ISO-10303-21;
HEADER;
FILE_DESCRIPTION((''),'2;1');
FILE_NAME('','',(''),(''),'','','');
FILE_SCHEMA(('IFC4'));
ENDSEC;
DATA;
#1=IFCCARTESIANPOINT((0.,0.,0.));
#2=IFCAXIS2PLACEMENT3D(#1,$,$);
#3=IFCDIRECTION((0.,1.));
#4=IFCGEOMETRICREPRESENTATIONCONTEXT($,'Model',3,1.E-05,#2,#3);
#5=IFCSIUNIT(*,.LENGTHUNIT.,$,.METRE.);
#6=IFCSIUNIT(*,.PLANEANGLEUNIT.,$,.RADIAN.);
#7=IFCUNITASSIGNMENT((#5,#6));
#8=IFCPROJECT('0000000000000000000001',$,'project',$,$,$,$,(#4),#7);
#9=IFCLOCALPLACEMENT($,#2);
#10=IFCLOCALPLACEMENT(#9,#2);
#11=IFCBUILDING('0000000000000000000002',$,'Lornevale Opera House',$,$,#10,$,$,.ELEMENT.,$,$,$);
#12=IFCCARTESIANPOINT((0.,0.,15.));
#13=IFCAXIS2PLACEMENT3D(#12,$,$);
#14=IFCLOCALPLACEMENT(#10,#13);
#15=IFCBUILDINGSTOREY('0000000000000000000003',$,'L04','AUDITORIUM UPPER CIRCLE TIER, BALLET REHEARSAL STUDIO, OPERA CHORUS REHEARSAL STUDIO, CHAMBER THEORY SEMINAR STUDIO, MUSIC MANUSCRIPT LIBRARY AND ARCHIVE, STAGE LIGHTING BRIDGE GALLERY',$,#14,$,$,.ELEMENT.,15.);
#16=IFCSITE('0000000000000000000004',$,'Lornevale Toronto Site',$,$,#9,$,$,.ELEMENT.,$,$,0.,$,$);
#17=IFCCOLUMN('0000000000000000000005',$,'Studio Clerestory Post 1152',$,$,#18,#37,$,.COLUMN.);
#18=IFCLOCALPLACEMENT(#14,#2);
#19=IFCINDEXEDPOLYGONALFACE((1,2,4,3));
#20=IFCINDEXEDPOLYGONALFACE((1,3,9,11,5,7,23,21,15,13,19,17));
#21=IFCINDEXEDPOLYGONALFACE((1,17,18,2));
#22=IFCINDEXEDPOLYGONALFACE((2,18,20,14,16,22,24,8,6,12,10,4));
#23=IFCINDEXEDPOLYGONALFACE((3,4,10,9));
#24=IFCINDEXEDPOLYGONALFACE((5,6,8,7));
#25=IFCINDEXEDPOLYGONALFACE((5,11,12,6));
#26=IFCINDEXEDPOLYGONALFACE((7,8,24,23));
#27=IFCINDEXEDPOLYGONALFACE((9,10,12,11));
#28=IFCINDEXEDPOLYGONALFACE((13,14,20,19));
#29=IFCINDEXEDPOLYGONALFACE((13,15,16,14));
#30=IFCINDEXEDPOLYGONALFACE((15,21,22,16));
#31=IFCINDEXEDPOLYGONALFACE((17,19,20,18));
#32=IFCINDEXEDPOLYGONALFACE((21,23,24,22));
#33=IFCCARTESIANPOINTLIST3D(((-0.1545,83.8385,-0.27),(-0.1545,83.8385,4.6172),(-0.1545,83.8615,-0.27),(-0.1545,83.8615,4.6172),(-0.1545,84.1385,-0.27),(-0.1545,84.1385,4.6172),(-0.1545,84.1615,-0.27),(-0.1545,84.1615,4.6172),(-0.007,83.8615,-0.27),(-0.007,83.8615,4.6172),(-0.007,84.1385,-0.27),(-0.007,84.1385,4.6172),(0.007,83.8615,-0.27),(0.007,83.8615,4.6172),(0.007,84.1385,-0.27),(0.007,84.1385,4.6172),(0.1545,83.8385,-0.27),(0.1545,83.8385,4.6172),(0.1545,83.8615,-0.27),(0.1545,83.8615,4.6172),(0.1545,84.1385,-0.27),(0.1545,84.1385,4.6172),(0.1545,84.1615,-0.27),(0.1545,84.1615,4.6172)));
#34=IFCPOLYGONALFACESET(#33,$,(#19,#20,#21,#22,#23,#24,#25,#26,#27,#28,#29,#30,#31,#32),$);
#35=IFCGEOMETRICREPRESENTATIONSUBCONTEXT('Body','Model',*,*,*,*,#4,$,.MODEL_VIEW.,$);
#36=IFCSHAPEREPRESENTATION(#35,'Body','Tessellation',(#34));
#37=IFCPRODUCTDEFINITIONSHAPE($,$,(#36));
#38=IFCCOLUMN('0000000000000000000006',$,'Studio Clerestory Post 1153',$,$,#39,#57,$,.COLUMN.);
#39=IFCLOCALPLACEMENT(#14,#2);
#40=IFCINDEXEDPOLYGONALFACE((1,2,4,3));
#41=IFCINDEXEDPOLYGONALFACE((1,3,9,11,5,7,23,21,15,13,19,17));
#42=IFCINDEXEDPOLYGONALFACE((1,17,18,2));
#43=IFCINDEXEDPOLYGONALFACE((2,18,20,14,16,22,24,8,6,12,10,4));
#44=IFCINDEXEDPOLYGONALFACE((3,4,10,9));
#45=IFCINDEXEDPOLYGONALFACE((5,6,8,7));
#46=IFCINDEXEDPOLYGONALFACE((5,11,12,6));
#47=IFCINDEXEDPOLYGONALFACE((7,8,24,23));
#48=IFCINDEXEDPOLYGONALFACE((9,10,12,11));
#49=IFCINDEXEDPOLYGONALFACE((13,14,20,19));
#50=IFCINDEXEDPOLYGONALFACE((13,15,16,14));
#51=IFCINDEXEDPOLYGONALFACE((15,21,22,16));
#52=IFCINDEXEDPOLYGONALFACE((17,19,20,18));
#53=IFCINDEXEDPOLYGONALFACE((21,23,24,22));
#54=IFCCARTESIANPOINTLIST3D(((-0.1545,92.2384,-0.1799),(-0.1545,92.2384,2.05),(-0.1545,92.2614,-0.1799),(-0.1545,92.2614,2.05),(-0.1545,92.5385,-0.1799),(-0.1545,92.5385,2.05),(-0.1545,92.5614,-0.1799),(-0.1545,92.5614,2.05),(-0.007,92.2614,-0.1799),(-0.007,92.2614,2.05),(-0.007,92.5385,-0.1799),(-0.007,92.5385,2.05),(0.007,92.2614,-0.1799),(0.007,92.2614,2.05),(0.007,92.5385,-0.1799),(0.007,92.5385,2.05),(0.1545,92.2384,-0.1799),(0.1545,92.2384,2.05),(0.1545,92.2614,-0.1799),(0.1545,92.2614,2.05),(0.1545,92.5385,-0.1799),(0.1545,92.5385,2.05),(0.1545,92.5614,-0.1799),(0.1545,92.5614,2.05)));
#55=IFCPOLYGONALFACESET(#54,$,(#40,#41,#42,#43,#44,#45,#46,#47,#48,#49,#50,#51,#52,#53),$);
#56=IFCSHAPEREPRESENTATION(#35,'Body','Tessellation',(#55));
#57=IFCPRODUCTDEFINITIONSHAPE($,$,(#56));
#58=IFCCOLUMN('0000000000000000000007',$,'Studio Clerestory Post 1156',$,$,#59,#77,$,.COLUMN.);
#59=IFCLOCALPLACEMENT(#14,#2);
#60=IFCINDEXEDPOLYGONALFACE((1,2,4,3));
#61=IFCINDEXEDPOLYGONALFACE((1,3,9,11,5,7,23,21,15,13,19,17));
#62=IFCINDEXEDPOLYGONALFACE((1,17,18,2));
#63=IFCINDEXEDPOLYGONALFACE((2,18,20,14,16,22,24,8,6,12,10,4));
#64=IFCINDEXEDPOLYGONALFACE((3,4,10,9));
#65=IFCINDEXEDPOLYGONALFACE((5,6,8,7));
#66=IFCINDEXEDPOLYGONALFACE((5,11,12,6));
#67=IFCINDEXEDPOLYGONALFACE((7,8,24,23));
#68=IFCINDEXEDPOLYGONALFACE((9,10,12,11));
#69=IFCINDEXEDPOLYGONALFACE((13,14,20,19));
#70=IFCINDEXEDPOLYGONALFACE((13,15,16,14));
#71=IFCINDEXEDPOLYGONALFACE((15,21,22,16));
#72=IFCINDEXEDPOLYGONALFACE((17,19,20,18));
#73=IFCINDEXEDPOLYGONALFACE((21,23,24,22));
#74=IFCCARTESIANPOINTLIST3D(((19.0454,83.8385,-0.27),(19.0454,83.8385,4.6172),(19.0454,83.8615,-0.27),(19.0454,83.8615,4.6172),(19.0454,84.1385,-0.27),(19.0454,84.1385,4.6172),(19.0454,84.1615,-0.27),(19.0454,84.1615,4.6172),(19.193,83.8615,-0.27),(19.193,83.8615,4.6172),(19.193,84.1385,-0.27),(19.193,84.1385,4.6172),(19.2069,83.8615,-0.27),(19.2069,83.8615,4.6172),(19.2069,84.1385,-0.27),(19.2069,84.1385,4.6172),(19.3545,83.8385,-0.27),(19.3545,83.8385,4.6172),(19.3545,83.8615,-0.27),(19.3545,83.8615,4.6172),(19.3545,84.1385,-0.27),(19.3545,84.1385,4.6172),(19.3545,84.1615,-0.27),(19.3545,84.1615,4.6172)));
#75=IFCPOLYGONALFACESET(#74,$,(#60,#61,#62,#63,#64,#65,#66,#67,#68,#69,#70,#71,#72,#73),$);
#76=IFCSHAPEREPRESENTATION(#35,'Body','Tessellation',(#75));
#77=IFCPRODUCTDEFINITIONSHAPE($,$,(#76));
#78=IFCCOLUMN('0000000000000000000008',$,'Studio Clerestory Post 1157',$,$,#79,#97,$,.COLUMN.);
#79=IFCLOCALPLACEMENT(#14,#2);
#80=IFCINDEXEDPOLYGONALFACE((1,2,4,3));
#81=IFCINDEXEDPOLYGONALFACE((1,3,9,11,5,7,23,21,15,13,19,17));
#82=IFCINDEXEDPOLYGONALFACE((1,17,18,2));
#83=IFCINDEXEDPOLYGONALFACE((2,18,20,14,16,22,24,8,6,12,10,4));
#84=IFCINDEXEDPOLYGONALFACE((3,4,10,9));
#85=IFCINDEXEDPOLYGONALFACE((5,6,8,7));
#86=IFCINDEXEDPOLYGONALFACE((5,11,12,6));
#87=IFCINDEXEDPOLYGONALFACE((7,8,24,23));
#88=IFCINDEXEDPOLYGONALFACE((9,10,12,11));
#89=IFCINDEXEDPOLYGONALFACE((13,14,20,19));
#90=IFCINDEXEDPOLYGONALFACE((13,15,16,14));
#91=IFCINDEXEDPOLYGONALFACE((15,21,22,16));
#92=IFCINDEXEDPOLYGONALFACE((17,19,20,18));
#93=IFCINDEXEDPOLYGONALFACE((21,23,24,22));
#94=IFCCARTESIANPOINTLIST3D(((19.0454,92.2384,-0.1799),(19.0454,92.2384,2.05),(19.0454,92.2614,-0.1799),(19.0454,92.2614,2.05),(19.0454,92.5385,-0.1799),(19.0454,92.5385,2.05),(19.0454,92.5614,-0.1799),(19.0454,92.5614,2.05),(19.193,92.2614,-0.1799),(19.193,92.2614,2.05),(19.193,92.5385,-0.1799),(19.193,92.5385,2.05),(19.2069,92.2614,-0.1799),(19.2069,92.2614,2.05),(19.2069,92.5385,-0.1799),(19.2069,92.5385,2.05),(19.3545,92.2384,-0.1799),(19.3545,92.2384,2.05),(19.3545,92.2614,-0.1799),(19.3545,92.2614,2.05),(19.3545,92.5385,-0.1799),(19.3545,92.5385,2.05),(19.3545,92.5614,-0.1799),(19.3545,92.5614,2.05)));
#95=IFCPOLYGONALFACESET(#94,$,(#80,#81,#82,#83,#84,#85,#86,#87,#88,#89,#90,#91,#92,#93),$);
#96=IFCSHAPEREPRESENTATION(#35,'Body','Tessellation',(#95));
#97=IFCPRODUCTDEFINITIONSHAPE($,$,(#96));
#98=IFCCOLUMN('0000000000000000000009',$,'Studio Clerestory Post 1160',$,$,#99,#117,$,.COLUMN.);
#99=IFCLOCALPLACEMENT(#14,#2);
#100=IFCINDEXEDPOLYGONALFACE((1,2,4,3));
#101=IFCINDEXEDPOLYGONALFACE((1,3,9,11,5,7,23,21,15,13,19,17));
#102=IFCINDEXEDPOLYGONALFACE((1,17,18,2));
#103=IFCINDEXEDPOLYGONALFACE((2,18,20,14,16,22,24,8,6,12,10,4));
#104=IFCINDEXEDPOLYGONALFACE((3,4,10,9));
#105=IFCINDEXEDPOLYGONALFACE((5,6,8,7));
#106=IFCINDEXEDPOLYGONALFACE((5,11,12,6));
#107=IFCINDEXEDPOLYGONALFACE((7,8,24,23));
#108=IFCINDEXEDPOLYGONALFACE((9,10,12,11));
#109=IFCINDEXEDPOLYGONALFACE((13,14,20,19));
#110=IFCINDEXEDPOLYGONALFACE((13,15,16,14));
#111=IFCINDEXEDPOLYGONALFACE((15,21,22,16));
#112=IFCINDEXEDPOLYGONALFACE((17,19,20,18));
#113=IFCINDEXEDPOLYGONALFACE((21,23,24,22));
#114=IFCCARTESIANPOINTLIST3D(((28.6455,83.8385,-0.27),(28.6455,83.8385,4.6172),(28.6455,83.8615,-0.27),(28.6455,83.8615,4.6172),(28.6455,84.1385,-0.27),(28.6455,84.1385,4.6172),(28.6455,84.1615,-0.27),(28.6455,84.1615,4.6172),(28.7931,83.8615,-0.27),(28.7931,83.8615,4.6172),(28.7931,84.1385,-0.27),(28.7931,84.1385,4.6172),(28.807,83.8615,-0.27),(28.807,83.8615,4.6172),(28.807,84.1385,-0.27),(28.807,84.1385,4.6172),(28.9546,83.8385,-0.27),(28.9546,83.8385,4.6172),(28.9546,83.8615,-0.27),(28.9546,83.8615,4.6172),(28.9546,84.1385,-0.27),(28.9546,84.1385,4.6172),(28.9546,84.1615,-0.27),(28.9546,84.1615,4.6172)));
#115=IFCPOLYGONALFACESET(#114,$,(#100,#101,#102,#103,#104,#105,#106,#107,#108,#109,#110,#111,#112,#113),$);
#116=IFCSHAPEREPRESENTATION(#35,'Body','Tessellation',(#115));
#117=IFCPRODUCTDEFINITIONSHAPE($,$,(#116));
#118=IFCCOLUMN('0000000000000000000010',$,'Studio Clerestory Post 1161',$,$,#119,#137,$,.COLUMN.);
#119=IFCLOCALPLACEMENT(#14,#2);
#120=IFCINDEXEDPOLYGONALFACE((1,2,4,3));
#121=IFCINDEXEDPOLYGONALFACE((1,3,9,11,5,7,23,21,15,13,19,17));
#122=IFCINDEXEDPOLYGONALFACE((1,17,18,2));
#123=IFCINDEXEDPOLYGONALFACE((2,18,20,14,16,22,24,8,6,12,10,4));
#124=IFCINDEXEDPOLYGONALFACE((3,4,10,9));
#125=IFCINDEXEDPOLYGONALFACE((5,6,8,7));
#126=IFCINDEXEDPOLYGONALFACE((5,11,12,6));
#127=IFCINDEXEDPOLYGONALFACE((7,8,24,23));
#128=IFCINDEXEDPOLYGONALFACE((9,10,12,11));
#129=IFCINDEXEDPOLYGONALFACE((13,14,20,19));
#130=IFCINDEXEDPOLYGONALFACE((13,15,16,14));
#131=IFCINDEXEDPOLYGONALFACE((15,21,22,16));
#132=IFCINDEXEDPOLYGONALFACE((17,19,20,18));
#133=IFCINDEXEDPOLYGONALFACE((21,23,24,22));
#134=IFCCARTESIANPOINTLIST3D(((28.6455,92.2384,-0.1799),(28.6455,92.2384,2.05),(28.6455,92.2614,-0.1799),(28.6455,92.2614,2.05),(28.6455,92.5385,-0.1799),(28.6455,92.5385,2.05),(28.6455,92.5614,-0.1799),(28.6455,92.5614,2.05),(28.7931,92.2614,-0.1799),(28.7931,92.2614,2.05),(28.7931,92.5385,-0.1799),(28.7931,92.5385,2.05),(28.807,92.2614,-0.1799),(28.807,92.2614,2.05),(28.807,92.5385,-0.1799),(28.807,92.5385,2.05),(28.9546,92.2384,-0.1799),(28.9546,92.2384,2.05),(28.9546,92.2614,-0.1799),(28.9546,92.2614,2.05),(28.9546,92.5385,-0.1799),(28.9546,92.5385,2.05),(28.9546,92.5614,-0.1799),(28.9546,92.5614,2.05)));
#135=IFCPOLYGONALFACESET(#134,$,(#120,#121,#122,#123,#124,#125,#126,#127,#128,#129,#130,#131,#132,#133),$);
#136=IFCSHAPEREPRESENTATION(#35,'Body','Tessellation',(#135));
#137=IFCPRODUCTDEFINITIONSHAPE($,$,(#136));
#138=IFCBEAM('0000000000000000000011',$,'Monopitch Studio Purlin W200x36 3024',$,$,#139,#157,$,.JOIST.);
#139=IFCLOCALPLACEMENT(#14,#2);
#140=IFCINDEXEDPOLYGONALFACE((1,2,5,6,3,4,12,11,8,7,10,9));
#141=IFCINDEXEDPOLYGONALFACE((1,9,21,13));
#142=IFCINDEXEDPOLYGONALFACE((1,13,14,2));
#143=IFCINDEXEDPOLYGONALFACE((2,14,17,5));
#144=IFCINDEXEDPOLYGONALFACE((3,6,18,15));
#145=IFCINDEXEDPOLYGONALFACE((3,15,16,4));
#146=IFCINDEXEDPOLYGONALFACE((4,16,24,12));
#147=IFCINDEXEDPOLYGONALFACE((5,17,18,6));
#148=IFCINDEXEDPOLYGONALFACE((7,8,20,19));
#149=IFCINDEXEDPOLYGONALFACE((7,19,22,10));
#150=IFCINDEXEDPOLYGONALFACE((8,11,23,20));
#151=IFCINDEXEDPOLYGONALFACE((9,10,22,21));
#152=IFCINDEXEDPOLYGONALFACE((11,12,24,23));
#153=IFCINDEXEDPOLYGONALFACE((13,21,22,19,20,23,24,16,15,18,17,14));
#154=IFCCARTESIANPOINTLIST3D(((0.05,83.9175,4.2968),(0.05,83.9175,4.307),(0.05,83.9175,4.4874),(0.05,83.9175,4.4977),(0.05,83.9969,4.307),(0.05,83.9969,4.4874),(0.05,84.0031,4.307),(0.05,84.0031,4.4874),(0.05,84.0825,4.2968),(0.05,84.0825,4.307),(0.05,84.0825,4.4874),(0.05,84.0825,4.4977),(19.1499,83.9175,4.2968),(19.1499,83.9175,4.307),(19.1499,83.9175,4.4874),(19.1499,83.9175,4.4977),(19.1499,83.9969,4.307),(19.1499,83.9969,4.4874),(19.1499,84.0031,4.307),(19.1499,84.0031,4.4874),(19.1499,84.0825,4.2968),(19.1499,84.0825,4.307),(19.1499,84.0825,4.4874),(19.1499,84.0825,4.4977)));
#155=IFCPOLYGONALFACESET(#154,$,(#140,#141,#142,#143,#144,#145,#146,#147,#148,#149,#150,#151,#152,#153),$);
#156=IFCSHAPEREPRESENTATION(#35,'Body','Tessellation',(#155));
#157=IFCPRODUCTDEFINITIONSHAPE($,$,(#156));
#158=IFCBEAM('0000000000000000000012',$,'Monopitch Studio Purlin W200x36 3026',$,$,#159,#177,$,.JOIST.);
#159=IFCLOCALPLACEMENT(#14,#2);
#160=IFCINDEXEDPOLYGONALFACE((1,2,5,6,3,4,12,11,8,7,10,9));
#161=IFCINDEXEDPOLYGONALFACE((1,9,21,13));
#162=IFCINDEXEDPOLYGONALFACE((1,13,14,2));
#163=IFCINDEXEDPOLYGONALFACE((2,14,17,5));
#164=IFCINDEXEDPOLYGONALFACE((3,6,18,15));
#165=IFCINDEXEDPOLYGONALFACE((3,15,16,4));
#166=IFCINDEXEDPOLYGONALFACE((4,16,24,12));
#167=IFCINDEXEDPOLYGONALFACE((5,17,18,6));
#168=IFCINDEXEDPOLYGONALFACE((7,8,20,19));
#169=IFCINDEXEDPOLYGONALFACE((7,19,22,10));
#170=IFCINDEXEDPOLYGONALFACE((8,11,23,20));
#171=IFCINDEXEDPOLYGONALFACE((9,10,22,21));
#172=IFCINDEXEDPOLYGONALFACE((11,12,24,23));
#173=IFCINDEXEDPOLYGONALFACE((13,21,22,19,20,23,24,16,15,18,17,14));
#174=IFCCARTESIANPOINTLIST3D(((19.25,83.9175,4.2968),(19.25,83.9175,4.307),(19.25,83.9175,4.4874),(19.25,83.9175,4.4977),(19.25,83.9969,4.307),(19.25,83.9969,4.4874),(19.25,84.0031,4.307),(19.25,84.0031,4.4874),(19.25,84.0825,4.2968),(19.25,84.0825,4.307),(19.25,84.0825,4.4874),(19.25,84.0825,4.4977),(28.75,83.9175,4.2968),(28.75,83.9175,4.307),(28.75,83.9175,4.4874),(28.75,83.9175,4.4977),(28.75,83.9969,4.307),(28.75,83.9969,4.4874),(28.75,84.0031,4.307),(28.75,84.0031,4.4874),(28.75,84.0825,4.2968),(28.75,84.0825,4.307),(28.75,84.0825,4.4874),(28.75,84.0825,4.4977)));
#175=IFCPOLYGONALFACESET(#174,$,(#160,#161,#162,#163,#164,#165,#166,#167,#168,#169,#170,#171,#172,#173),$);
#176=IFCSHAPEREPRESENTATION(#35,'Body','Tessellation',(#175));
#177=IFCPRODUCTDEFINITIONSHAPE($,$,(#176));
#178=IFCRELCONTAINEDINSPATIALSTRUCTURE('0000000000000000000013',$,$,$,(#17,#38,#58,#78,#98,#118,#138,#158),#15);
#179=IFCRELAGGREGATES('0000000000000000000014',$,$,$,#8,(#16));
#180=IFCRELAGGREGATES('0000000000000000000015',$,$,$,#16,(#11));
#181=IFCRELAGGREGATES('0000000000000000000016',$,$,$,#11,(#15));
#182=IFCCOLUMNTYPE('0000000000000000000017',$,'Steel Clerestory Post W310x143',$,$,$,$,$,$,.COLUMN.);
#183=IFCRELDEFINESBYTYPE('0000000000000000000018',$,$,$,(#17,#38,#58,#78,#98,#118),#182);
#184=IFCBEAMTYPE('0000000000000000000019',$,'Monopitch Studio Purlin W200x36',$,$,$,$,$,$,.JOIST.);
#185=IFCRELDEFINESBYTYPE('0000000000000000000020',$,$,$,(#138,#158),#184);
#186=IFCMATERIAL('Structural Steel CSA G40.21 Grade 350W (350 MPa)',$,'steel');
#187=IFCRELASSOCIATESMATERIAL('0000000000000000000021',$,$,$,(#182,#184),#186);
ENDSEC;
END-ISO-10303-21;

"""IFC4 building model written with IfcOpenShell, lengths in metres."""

from ifc_helpers import new_model, si_unit, direction, frame, origin, origin_2d, place, context, subcontext, project, spatial, i_section, extrude, material, material_profile, profile_set, type_object, element, save


model = new_model("IFC4")

# Units and contexts
model_context = context("Model", 3, precision=1e-05, world=origin(), true_north=direction((0.0, 1.0)))
body_context = subcontext(model_context, "Body", "Model", "MODEL_VIEW")
ifc_project = project(units=[si_unit("LENGTHUNIT", "METRE"), si_unit("PLANEANGLEUNIT", "RADIAN")], contexts=[model_context])

# Site, building, storey
site_placement = place(None, origin())
site = spatial("IfcSite", under=ifc_project, at=site_placement, Name="Lornevale Toronto Site", CompositionType="ELEMENT", RefElevation=0.0)
building_placement = place(site_placement, origin())
building = spatial("IfcBuilding", under=site, at=building_placement, Name="Lornevale Opera House", CompositionType="ELEMENT")
storey_placement = place(building_placement, frame((0.0, 0.0, 15.0)))
storey = spatial("IfcBuildingStorey", under=building, at=storey_placement, Name="L04", Description="AUDITORIUM UPPER CIRCLE TIER, BALLET REHEARSAL STUDIO, OPERA CHORUS REHEARSAL STUDIO, CHAMBER THEORY SEMINAR STUDIO, MUSIC MANUSCRIPT LIBRARY AND ARCHIVE, STAGE LIGHTING BRIDGE GALLERY", CompositionType="ELEMENT", Elevation=15.0)

# Columns
ifc_material_1 = material(Name="Structural Steel CSA G40.21 Grade 350W (350 MPa)", Category="steel")
ifc_material_profile_1 = material_profile(ifc_material_1, i_section(OverallWidth=0.3091, OverallDepth=0.323, WebThickness=0.0139, FlangeThickness=0.0229, at=origin_2d()), Name="W310x143")
ifc_profile_set_1 = profile_set([ifc_material_profile_1], Name="Structural Steel CSA G40.21 Grade 350W (350 MPa)")
column_type = type_object("IfcColumnType", Name="Steel Clerestory Post W310x143", PredefinedType="COLUMN", material=ifc_profile_set_1)
column_1_placement = place(storey_placement, frame((0.0, 84.0, -0.27), z_axis=(0.0, 0.0, 1.0), x_axis=(1.0, 0.0, 0.0)))
element("IfcColumn", 1, at=column_1_placement, inside=storey, type_object=column_type, Name="Studio Clerestory Post 1152", PredefinedType="COLUMN", context=body_context, shape_type="SweptSolid", body=[
    extrude(i_section(OverallWidth=0.3091, OverallDepth=0.323, WebThickness=0.0139, FlangeThickness=0.0229, at=origin_2d()), origin(), (0.0, 0.0, 1.0), 4.8872),
])
column_2_placement = place(storey_placement, frame((0.0, 92.3999, -0.1799), z_axis=(0.0, 0.0, 1.0), x_axis=(1.0, 0.0, 0.0)))
element("IfcColumn", 2, at=column_2_placement, inside=storey, type_object=column_type, Name="Studio Clerestory Post 1153", PredefinedType="COLUMN", context=body_context, shape_type="SweptSolid", body=[
    extrude(i_section(OverallWidth=0.3091, OverallDepth=0.323, WebThickness=0.0139, FlangeThickness=0.0229, at=origin_2d()), origin(), (0.0, 0.0, 1.0), 2.23),
])
column_3_placement = place(storey_placement, frame((19.2, 84.0, -0.27), z_axis=(0.0, 0.0, 1.0), x_axis=(1.0, 0.0, 0.0)))
element("IfcColumn", 3, at=column_3_placement, inside=storey, type_object=column_type, Name="Studio Clerestory Post 1156", PredefinedType="COLUMN", context=body_context, shape_type="SweptSolid", body=[
    extrude(i_section(OverallWidth=0.3091, OverallDepth=0.323, WebThickness=0.0139, FlangeThickness=0.0229, at=origin_2d()), origin(), (0.0, 0.0, 1.0), 4.8872),
])
column_4_placement = place(storey_placement, frame((19.2, 92.3999, -0.1799), z_axis=(0.0, 0.0, 1.0), x_axis=(1.0, 0.0, 0.0)))
element("IfcColumn", 4, at=column_4_placement, inside=storey, type_object=column_type, Name="Studio Clerestory Post 1157", PredefinedType="COLUMN", context=body_context, shape_type="SweptSolid", body=[
    extrude(i_section(OverallWidth=0.3091, OverallDepth=0.323, WebThickness=0.0139, FlangeThickness=0.0229, at=origin_2d()), origin(), (0.0, 0.0, 1.0), 2.23),
])
column_5_placement = place(storey_placement, frame((28.8, 84.0, -0.27), z_axis=(0.0, 0.0, 1.0), x_axis=(1.0, 0.0, 0.0)))
element("IfcColumn", 5, at=column_5_placement, inside=storey, type_object=column_type, Name="Studio Clerestory Post 1160", PredefinedType="COLUMN", context=body_context, shape_type="SweptSolid", body=[
    extrude(i_section(OverallWidth=0.3091, OverallDepth=0.323, WebThickness=0.0139, FlangeThickness=0.0229, at=origin_2d()), origin(), (0.0, 0.0, 1.0), 4.8872),
])
column_6_placement = place(storey_placement, frame((28.8, 92.3999, -0.1799), z_axis=(0.0, 0.0, 1.0), x_axis=(1.0, 0.0, 0.0)))
element("IfcColumn", 6, at=column_6_placement, inside=storey, type_object=column_type, Name="Studio Clerestory Post 1161", PredefinedType="COLUMN", context=body_context, shape_type="SweptSolid", body=[
    extrude(i_section(OverallWidth=0.3091, OverallDepth=0.323, WebThickness=0.0139, FlangeThickness=0.0229, at=origin_2d()), origin(), (0.0, 0.0, 1.0), 2.23),
])

# Beams
ifc_material_profile_2 = material_profile(ifc_material_1, i_section(OverallWidth=0.165, OverallDepth=0.2009, WebThickness=0.0061, FlangeThickness=0.0103, at=origin_2d()), Name="W200x36")
ifc_profile_set_2 = profile_set([ifc_material_profile_2], Name="Structural Steel CSA G40.21 Grade 350W (350 MPa)")
beam_type_1 = type_object("IfcBeamType", Name="Monopitch Studio Purlin W200x36", PredefinedType="JOIST", material=ifc_profile_set_2)
beam_1_placement = place(storey_placement, frame((0.05, 84.0, 4.3972), z_axis=(1.0, 0.0, 0.0), x_axis=(0.0, 1.0, 0.0)))
element("IfcBeam", 7, at=beam_1_placement, inside=storey, type_object=beam_type_1, Name="Monopitch Studio Purlin W200x36 3024", PredefinedType="JOIST", context=body_context, shape_type="SweptSolid", body=[
    extrude(i_section(OverallWidth=0.165, OverallDepth=0.2009, WebThickness=0.0061, FlangeThickness=0.0103, at=origin_2d()), origin(), (0.0, 0.0, 1.0), 19.0999),
])
beam_2_placement = place(storey_placement, frame((19.25, 84.0, 4.3972), z_axis=(1.0, 0.0, 0.0), x_axis=(0.0, 1.0, 0.0)))
element("IfcBeam", 8, at=beam_2_placement, inside=storey, type_object=beam_type_1, Name="Monopitch Studio Purlin W200x36 3026", PredefinedType="JOIST", context=body_context, shape_type="SweptSolid", body=[
    extrude(i_section(OverallWidth=0.165, OverallDepth=0.2009, WebThickness=0.0061, FlangeThickness=0.0103, at=origin_2d()), origin(), (0.0, 0.0, 1.0), 9.5),
])

save(model, "model.ifc")
